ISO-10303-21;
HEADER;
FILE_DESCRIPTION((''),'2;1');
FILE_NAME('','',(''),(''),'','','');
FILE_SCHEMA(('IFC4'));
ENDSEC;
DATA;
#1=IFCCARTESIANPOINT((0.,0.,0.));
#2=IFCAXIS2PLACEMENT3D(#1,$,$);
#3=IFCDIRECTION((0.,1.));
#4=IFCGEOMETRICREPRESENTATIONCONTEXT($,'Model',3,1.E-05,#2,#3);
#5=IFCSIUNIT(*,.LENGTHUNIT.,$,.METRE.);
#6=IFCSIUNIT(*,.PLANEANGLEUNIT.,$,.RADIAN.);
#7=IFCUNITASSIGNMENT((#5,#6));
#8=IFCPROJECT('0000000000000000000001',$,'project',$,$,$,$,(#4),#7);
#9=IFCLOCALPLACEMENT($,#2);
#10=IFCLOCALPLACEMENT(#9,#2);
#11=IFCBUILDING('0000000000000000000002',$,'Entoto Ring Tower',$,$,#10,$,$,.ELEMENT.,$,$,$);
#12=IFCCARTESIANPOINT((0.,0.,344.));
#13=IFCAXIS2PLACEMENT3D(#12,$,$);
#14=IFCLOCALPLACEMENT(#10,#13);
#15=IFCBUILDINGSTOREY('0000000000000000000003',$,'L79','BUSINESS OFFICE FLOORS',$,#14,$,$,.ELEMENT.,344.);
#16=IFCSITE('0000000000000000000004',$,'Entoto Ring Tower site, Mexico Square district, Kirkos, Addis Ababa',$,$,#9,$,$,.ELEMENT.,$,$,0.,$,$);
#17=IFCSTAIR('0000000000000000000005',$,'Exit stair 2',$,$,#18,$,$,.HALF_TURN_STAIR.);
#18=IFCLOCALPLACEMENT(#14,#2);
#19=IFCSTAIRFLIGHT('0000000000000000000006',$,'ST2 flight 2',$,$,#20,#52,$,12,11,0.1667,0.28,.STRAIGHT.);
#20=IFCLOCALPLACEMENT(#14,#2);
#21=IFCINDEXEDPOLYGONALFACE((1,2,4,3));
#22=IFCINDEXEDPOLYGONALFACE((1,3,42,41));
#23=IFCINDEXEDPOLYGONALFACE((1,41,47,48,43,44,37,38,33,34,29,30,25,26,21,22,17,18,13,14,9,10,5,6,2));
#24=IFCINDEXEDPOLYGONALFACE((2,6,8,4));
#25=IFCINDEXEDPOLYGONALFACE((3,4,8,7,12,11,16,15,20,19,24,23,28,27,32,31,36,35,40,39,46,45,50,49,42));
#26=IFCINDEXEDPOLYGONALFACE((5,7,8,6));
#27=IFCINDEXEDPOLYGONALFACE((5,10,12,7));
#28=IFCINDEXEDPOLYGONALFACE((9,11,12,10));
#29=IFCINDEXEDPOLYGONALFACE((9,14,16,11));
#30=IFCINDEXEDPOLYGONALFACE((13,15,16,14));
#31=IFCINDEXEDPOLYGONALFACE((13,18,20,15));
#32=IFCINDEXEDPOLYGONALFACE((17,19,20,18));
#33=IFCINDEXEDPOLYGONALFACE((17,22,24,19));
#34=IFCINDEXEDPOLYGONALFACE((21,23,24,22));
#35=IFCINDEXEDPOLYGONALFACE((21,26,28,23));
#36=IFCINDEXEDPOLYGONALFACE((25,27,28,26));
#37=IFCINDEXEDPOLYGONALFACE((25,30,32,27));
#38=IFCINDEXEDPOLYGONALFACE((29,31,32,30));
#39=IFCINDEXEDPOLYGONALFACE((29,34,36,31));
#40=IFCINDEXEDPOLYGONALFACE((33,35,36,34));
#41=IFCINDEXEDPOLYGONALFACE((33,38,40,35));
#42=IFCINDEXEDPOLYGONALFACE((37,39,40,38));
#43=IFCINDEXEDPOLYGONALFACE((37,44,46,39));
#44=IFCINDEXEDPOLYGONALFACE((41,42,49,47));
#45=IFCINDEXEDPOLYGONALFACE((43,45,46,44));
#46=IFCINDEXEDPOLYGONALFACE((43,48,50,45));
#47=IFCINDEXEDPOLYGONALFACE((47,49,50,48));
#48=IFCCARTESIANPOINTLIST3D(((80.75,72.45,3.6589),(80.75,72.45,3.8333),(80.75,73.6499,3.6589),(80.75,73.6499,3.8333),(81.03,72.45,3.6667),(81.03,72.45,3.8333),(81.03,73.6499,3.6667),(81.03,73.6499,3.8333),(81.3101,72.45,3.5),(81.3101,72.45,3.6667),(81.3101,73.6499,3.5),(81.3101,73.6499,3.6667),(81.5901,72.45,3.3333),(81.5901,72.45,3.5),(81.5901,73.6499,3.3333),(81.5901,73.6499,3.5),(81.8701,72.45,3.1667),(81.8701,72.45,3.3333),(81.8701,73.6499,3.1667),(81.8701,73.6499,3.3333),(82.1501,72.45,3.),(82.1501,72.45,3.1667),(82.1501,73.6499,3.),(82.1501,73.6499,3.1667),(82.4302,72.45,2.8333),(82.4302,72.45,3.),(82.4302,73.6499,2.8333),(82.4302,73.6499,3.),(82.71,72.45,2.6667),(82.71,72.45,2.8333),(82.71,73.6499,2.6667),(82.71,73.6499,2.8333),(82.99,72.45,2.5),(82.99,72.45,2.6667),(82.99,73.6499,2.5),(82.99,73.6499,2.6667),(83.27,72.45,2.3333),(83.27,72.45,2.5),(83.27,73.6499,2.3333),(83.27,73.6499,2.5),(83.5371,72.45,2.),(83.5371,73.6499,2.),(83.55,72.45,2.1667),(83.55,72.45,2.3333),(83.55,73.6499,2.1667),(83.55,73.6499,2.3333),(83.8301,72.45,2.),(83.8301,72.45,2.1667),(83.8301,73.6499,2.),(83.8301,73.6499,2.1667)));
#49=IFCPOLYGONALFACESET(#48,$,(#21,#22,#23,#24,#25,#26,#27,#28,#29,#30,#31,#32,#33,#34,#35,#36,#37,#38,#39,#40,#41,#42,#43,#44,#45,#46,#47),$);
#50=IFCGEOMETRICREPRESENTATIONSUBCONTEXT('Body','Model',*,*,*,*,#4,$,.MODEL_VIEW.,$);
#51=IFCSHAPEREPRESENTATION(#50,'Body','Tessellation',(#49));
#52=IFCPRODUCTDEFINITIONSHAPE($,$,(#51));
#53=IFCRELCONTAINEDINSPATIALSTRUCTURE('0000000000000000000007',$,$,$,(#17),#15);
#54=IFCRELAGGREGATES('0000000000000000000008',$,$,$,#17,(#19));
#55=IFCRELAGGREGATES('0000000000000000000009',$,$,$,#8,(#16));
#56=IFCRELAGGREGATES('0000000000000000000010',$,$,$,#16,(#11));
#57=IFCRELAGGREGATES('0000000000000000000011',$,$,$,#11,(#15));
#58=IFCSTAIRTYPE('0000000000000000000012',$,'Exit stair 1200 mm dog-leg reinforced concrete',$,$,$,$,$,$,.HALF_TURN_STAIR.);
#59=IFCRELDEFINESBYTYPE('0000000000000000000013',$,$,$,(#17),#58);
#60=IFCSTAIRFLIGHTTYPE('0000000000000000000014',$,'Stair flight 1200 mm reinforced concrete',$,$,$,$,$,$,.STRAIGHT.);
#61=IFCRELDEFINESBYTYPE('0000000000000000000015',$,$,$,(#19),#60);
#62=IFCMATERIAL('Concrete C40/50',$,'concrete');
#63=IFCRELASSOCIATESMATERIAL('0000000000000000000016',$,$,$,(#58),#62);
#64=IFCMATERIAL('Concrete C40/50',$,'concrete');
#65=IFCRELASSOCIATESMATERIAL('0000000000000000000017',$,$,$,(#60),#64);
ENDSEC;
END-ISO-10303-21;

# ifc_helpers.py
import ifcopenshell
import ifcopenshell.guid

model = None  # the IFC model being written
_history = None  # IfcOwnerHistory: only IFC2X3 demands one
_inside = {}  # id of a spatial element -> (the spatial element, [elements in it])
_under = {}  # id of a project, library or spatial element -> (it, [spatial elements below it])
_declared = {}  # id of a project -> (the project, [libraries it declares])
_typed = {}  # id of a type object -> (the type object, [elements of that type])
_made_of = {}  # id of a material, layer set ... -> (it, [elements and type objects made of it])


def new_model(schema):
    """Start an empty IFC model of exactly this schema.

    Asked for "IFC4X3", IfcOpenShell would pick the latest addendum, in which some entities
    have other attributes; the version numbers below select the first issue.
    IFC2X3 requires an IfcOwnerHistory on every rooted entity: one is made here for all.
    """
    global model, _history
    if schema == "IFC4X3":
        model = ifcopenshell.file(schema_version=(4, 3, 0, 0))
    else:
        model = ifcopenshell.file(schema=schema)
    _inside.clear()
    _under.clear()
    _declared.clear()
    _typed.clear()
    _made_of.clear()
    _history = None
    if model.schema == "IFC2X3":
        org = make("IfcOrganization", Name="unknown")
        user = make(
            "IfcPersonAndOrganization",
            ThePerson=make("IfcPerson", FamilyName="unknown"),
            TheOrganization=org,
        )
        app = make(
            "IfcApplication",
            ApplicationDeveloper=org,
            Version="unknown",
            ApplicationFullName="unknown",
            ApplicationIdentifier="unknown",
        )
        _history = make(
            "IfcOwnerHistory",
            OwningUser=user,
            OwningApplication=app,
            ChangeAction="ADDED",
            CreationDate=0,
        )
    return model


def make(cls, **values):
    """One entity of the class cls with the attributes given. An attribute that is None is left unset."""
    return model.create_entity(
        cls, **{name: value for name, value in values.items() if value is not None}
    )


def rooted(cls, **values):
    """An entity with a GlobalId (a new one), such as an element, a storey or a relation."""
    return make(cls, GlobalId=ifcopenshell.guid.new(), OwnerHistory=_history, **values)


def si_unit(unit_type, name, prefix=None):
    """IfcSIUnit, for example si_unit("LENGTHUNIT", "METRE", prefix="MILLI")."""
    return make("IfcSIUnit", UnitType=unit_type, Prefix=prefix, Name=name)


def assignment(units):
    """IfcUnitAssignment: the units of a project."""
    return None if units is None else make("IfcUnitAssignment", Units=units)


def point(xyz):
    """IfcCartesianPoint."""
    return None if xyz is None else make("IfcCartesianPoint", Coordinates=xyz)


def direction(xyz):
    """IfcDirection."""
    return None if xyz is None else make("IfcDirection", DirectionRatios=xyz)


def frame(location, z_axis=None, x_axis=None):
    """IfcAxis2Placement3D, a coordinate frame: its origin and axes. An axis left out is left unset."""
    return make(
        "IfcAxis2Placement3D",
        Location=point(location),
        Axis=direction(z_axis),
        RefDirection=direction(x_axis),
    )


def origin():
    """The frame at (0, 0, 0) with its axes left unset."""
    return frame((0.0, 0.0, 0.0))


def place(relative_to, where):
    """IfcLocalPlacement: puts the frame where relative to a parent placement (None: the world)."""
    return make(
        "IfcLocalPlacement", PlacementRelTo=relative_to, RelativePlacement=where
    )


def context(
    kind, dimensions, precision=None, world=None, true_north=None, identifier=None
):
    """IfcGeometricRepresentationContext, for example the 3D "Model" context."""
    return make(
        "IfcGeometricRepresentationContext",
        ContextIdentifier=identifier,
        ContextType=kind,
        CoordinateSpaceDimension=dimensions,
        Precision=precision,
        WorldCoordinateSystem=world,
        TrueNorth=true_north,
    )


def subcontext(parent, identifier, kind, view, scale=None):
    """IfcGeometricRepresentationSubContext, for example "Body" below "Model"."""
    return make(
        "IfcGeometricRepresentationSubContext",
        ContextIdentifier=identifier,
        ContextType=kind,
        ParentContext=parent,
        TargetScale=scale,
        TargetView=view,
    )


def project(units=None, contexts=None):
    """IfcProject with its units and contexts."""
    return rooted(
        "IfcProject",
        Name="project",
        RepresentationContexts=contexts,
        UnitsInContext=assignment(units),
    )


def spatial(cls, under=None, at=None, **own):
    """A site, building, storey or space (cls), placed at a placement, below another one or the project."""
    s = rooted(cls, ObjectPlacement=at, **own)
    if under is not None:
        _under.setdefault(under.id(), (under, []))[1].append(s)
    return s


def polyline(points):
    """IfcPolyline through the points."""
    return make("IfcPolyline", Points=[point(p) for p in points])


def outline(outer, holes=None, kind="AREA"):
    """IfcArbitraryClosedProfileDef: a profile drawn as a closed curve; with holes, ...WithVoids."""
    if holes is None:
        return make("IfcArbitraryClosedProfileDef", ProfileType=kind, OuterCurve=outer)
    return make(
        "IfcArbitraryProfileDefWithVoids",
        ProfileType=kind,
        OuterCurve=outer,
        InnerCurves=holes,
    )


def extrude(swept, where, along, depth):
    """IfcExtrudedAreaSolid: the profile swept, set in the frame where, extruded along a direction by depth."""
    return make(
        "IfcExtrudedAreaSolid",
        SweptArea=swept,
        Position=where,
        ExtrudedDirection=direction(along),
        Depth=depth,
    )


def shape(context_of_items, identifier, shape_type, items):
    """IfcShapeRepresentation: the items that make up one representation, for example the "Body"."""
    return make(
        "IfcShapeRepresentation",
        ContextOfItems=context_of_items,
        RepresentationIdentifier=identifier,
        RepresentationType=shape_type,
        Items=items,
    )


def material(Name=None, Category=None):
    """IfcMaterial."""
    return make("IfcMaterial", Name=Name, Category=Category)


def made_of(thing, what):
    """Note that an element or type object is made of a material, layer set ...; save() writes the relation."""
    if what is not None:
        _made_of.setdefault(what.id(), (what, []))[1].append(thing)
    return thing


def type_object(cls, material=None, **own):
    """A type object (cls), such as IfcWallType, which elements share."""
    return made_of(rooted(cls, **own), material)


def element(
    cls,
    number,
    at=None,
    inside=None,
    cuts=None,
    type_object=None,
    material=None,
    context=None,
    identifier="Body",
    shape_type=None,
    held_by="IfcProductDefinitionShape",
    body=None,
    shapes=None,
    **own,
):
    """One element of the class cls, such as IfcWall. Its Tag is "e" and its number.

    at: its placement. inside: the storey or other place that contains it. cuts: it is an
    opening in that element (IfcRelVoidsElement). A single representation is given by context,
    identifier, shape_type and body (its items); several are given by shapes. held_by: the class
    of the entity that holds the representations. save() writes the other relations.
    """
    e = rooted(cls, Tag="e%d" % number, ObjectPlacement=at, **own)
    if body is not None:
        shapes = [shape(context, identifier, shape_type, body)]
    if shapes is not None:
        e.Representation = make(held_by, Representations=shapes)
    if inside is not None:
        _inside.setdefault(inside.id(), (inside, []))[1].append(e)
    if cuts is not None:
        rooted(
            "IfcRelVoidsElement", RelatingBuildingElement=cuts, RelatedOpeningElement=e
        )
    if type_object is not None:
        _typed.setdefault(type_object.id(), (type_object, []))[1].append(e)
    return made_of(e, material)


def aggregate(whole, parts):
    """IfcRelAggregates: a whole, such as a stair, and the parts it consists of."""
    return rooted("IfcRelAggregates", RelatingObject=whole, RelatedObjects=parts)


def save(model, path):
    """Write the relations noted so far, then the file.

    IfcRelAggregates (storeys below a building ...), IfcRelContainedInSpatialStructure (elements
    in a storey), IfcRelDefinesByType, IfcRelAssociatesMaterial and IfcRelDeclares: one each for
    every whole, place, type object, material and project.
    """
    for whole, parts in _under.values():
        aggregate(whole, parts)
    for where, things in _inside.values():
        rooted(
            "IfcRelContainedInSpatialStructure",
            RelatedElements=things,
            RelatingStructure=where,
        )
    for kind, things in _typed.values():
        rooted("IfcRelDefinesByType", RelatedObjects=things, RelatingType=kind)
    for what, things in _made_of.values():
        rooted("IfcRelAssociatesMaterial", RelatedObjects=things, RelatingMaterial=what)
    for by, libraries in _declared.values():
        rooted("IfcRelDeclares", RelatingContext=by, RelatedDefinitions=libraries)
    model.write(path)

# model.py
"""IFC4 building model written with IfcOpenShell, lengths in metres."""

from ifc_helpers import new_model, si_unit, direction, frame, origin, place, context, subcontext, project, spatial, polyline, outline, extrude, material, type_object, element, aggregate, save


model = new_model("IFC4")

# Units and contexts
model_context = context("Model", 3, precision=1e-05, world=origin(), true_north=direction((0.0, 1.0)))
body_context = subcontext(model_context, "Body", "Model", "MODEL_VIEW")
ifc_project = project(units=[si_unit("LENGTHUNIT", "METRE"), si_unit("PLANEANGLEUNIT", "RADIAN")], contexts=[model_context])

# Site, building, storey
site_placement = place(None, origin())
site = spatial("IfcSite", under=ifc_project, at=site_placement, Name="Entoto Ring Tower site, Mexico Square district, Kirkos, Addis Ababa", CompositionType="ELEMENT", RefElevation=0.0)
building_placement = place(site_placement, origin())
building = spatial("IfcBuilding", under=site, at=building_placement, Name="Entoto Ring Tower", CompositionType="ELEMENT")
storey_placement = place(building_placement, frame((0.0, 0.0, 344.0)))
storey = spatial("IfcBuildingStorey", under=building, at=storey_placement, Name="L79", Description="BUSINESS OFFICE FLOORS", CompositionType="ELEMENT", Elevation=344.0)

# Stair, stair flight
ifc_material_1 = material(Name="Concrete C40/50", Category="concrete")
stair_type = type_object("IfcStairType", Name="Exit stair 1200 mm dog-leg reinforced concrete", PredefinedType="HALF_TURN_STAIR", material=ifc_material_1)
stair_placement = place(storey_placement, origin())
stair = element("IfcStair", 1, at=stair_placement, inside=storey, type_object=stair_type, Name="Exit stair 2", PredefinedType="HALF_TURN_STAIR")
ifc_material_2 = material(Name="Concrete C40/50", Category="concrete")
stair_flight_type = type_object("IfcStairFlightType", Name="Stair flight 1200 mm reinforced concrete", PredefinedType="STRAIGHT", material=ifc_material_2)
stair_flight_1_placement = place(storey_placement, frame((83.8301, 73.05, 2.0), z_axis=(0.0, 0.0, 1.0), x_axis=(-1.0, 0.0, 0.0)))
stair_flight_1 = element("IfcStairFlight", 2, at=stair_flight_1_placement, type_object=stair_flight_type, Name="ST2 flight 2", NumberOfRisers=12, NumberOfTreads=11, PredefinedType="STRAIGHT", RiserHeight=0.1667, TreadLength=0.28, context=body_context, shape_type="SweptSolid", body=[
    extrude(outline(polyline([(0.0, 0.0), (0.0, 0.1667), (0.28, 0.1667), (0.28, 0.3333), (0.5601, 0.3333), (0.5601, 0.5), (0.8401, 0.5), (0.8401, 0.6667), (1.1201, 0.6667), (1.1201, 0.8333), (1.3999, 0.8333), (1.3999, 1.0), (1.6799, 1.0), (1.6799, 1.1667), (1.96, 1.1667), (1.96, 1.3333), (2.24, 1.3333), (2.24, 1.5), (2.52, 1.5), (2.52, 1.6667), (2.8, 1.6667), (2.8, 1.8333), (3.0801, 1.8333), (3.0801, 2.0), (3.0801, 1.6589), (0.293, 0.0), (0.0, 0.0)])), frame((0.0, 0.6001, 0.0), z_axis=(0.0, -1.0, 0.0), x_axis=(1.0, 0.0, 0.0)), (0.0, 0.0, 1.0), 1.2),
])
aggregate(stair, [stair_flight_1])

save(model, "model.ifc")
